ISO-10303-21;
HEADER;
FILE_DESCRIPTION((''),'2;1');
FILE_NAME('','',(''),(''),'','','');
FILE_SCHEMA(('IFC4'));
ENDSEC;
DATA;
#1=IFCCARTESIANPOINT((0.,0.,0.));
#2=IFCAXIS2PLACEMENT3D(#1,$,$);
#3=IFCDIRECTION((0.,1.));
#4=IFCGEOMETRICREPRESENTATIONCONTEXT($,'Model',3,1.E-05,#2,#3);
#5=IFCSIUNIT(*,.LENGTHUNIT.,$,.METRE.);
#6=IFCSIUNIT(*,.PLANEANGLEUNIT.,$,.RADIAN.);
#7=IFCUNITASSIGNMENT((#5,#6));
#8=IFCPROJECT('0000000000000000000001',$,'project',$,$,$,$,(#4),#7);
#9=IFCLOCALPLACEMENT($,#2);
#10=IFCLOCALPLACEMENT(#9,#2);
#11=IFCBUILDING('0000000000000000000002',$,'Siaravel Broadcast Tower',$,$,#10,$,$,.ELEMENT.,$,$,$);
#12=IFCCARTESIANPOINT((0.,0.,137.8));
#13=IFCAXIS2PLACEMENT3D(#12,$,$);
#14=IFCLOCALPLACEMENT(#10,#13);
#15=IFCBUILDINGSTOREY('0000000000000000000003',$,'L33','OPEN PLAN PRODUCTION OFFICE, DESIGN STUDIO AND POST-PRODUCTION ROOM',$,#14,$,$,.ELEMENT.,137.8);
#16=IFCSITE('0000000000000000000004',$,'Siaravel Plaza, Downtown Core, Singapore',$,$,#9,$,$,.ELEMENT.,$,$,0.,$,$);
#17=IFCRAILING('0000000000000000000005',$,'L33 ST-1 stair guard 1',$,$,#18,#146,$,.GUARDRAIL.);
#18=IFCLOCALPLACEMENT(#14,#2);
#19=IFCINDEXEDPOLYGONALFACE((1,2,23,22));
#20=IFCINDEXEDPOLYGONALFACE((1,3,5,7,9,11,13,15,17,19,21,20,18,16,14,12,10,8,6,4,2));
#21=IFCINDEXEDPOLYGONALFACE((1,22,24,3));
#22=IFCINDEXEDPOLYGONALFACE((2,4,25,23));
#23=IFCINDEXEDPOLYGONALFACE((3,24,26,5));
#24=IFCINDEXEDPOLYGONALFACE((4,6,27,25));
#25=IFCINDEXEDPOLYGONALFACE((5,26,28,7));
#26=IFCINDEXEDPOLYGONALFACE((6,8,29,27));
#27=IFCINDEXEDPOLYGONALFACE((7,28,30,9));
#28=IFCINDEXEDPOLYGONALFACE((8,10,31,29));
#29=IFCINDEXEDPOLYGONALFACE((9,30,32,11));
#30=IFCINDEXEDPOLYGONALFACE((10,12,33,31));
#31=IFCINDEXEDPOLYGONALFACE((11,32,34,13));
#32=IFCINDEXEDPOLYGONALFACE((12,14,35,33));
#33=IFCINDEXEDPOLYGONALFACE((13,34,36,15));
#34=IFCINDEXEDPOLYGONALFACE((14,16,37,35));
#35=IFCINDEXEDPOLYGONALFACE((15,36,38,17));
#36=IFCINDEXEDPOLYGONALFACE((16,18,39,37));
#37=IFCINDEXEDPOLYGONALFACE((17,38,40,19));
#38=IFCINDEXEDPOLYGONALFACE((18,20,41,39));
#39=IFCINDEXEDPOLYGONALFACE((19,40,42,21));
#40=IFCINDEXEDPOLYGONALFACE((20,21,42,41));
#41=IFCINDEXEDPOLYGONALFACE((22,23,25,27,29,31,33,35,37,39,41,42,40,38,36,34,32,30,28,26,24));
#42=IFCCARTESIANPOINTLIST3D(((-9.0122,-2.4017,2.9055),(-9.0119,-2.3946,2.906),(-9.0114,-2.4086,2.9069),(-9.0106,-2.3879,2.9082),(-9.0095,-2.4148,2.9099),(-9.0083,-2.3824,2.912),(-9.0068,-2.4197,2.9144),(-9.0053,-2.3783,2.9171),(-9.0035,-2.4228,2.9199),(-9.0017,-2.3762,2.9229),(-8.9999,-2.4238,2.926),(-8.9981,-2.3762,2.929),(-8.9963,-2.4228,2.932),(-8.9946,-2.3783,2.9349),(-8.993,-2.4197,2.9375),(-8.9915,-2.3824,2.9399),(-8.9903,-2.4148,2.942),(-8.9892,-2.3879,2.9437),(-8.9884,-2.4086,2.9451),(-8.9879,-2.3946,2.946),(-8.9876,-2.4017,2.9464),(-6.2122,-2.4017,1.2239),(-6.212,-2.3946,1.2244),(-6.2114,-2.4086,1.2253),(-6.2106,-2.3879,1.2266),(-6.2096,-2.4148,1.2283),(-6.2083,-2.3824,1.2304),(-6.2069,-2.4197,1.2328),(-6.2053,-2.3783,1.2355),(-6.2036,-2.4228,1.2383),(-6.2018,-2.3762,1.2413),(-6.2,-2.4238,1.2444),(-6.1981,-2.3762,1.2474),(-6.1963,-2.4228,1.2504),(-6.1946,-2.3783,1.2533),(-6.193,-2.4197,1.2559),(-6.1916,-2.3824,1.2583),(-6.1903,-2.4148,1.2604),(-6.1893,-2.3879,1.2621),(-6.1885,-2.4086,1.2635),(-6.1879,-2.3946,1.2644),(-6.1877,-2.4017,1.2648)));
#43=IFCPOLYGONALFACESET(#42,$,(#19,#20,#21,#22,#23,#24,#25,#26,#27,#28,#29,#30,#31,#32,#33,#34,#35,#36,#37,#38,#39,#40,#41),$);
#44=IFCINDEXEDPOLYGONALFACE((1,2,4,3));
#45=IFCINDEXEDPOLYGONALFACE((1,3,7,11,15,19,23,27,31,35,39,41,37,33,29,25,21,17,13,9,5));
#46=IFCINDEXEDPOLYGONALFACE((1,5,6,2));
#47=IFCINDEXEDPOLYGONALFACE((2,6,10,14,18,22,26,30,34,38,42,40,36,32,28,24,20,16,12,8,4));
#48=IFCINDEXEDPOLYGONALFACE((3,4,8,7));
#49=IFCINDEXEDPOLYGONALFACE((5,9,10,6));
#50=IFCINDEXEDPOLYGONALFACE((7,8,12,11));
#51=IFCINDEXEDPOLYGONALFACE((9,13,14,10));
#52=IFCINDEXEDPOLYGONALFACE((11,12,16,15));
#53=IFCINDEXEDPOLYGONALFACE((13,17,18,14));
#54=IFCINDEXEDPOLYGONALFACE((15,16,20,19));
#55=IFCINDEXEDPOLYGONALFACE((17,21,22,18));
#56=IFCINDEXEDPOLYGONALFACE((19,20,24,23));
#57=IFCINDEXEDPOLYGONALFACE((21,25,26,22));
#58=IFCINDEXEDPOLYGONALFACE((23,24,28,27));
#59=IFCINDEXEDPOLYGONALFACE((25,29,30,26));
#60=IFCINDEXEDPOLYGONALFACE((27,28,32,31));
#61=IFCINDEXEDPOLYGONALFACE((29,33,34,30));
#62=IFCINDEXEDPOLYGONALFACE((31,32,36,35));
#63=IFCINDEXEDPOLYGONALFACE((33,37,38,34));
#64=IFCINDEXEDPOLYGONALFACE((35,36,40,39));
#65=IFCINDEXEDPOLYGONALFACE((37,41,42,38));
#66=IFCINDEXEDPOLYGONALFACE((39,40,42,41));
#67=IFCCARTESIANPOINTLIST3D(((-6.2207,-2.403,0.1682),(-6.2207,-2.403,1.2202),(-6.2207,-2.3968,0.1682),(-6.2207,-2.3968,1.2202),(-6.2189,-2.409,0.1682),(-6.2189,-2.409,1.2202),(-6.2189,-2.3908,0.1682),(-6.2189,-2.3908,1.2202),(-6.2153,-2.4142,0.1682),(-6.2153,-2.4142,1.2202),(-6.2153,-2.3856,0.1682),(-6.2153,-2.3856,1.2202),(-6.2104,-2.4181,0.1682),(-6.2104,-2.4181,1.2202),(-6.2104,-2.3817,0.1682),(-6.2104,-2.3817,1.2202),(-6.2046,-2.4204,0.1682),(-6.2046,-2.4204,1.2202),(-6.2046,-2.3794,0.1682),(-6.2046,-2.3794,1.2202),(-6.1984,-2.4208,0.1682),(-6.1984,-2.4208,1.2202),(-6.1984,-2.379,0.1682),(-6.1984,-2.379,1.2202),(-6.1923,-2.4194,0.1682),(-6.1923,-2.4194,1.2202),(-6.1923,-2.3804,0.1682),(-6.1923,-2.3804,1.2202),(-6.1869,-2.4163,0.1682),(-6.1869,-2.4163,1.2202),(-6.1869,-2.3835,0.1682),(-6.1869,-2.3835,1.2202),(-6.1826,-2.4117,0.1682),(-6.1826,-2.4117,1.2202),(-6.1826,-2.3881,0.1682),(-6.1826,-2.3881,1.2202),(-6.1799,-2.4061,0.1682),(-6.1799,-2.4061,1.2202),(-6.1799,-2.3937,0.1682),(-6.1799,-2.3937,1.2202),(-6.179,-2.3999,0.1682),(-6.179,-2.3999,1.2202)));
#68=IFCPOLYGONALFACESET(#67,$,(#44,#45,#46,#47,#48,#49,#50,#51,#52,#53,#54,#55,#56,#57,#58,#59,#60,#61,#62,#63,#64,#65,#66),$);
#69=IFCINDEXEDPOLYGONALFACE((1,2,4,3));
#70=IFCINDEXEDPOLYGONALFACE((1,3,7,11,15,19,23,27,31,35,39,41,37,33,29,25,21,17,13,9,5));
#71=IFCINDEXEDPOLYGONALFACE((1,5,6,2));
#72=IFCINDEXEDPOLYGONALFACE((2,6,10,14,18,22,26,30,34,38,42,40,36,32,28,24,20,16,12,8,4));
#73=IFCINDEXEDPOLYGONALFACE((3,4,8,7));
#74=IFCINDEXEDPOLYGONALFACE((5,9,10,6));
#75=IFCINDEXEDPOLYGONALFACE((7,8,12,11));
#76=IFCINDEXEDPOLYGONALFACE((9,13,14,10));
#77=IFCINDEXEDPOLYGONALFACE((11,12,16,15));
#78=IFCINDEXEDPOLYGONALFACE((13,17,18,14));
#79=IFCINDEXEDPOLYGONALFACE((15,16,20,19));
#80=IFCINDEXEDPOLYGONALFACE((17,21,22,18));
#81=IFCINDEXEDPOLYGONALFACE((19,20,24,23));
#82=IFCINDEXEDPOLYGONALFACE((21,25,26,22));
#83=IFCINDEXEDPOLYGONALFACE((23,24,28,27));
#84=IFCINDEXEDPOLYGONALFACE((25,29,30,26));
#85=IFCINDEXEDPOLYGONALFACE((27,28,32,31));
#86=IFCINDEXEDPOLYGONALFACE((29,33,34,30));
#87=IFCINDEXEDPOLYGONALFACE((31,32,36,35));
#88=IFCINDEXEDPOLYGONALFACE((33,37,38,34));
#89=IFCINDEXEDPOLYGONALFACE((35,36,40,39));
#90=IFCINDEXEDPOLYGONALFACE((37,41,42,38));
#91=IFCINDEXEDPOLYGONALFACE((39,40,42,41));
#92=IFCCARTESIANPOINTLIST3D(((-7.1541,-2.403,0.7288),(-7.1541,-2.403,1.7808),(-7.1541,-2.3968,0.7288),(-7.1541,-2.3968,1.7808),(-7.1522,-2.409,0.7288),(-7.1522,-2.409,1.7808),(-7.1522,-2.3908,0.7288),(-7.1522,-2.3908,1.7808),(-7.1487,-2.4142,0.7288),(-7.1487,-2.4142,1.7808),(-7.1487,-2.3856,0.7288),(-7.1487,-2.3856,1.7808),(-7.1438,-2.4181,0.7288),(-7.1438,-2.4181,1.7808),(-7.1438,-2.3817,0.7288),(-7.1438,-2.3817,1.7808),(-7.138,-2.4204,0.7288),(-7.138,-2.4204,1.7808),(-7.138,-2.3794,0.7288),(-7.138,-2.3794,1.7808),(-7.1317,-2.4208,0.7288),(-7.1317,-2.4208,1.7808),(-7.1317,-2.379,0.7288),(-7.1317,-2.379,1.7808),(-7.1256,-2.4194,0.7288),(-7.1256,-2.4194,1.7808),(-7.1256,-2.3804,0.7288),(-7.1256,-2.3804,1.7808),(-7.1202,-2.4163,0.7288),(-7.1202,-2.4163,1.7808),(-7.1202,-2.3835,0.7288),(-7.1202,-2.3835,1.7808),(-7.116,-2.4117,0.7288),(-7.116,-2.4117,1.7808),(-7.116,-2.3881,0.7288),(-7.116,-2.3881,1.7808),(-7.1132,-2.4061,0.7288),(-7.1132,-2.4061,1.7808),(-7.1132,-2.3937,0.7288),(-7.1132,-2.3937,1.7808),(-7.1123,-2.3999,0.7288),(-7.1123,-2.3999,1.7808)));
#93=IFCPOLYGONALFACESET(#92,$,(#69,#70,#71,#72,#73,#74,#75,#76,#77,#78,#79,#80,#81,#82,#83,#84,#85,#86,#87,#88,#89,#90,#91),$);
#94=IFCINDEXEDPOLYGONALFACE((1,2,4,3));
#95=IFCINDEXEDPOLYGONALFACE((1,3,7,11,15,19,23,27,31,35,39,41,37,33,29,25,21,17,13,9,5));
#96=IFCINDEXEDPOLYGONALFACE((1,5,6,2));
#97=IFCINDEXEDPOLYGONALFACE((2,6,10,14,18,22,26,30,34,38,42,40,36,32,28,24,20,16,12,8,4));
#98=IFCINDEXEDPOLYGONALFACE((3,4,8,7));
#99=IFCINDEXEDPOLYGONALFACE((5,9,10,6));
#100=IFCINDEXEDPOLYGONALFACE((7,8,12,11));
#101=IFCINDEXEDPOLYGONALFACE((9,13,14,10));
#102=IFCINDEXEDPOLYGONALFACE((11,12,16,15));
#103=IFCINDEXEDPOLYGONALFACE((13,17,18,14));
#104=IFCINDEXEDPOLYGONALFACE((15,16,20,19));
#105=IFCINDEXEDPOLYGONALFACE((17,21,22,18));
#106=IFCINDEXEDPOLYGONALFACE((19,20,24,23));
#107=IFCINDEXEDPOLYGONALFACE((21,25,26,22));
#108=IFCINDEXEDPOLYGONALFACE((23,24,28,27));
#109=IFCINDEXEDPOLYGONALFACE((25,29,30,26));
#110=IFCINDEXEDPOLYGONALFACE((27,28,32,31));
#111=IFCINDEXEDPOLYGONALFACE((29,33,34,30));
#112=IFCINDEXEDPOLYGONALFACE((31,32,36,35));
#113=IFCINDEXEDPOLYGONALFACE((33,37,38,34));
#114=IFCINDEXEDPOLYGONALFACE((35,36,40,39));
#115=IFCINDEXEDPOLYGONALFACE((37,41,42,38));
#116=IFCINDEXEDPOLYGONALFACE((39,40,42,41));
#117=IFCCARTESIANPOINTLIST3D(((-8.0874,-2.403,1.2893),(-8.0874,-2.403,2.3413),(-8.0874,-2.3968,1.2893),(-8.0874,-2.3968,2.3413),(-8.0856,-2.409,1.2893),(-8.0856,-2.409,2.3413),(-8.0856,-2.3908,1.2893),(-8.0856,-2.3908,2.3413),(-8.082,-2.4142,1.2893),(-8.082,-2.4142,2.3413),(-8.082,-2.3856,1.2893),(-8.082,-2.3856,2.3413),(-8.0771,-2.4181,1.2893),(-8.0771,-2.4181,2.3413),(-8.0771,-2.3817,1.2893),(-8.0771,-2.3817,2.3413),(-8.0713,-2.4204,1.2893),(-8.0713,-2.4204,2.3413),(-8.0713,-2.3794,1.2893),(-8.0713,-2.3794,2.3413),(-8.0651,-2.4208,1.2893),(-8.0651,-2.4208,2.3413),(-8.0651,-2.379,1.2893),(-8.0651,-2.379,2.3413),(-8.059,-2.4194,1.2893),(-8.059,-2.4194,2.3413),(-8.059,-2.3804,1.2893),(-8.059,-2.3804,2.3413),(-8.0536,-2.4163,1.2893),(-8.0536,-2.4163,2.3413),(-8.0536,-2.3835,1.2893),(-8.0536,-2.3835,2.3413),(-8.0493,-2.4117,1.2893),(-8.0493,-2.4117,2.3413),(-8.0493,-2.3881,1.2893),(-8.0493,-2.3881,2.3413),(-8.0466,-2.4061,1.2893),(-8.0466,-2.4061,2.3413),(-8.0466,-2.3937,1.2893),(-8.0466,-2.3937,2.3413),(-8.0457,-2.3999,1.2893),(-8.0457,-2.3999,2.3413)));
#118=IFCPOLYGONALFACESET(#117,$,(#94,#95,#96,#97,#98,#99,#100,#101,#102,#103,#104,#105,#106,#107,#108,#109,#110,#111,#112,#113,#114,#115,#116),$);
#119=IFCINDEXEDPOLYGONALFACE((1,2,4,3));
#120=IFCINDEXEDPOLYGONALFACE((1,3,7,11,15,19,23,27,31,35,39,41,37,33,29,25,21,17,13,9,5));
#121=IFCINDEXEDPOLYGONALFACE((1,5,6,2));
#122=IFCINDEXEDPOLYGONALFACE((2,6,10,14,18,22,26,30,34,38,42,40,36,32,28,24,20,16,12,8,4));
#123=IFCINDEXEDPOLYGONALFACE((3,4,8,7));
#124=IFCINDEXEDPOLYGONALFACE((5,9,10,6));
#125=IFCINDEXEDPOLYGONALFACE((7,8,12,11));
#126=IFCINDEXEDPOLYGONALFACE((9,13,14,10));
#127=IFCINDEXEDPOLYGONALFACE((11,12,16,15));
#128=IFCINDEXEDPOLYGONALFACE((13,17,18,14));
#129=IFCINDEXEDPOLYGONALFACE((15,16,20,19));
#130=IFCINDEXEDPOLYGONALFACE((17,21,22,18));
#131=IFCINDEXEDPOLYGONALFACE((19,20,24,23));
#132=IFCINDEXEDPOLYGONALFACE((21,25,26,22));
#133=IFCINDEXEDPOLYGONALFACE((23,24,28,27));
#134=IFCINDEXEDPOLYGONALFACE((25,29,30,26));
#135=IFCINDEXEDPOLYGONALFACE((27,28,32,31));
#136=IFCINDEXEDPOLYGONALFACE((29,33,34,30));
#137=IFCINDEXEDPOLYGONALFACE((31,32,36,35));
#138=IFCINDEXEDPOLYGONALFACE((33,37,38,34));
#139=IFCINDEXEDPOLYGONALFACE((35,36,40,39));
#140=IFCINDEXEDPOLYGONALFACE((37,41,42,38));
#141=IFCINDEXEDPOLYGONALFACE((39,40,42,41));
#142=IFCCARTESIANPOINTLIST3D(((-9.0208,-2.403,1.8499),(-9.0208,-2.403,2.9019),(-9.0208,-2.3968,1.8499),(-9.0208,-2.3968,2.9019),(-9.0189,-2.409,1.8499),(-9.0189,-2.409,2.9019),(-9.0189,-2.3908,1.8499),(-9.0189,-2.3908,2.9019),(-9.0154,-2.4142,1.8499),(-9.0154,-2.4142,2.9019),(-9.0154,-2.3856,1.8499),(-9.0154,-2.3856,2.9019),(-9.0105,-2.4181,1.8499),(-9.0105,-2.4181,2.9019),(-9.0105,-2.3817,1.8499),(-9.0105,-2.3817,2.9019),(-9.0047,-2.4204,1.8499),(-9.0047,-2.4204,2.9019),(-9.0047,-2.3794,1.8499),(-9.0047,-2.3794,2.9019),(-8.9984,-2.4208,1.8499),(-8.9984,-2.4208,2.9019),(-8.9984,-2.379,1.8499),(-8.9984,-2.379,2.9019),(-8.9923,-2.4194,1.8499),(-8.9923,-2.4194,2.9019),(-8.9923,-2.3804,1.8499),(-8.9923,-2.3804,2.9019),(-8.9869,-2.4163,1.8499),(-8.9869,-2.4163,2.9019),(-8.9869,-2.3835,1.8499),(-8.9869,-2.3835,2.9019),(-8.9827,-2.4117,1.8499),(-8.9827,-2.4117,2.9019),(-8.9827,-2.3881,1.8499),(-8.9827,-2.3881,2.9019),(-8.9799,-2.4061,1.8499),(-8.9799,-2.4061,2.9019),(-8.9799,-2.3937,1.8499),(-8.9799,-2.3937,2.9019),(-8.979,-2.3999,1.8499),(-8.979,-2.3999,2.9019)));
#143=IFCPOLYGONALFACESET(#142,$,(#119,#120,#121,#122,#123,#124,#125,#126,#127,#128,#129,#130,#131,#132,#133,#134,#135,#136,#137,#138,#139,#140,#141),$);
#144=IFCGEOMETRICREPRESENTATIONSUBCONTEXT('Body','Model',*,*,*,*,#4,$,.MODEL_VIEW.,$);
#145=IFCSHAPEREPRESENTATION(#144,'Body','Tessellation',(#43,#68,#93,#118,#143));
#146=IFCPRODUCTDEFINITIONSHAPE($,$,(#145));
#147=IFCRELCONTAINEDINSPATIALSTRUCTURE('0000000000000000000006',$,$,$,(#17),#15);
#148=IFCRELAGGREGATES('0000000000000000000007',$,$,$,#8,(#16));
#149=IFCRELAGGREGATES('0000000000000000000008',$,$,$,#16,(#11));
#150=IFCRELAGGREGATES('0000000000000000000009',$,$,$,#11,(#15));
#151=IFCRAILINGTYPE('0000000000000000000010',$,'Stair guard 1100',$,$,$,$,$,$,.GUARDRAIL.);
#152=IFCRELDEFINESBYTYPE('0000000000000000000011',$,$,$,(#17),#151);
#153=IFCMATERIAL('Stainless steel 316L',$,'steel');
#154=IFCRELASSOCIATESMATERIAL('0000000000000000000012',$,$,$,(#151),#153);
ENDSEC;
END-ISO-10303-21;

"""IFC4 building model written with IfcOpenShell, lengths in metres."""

from ifc_helpers import new_model, si_unit, direction, frame, origin, origin_2d, place, context, subcontext, project, spatial, circle, extrude, material, type_object, element, save


model = new_model("IFC4")

# Units and contexts
model_context = context("Model", 3, precision=1e-05, world=origin(), true_north=direction((0.0, 1.0)))
body_context = subcontext(model_context, "Body", "Model", "MODEL_VIEW")
ifc_project = project(units=[si_unit("LENGTHUNIT", "METRE"), si_unit("PLANEANGLEUNIT", "RADIAN")], contexts=[model_context])

# Site, building, storey
site_placement = place(None, origin())
site = spatial("IfcSite", under=ifc_project, at=site_placement, Name="Siaravel Plaza, Downtown Core, Singapore", CompositionType="ELEMENT", RefElevation=0.0)
building_placement = place(site_placement, origin())
building = spatial("IfcBuilding", under=site, at=building_placement, Name="Siaravel Broadcast Tower", CompositionType="ELEMENT")
storey_placement = place(building_placement, frame((0.0, 0.0, 137.8)))
storey = spatial("IfcBuildingStorey", under=building, at=storey_placement, Name="L33", Description="OPEN PLAN PRODUCTION OFFICE, DESIGN STUDIO AND POST-PRODUCTION ROOM", CompositionType="ELEMENT", Elevation=137.8)

# Railing
ifc_material_1 = material(Name="Stainless steel 316L", Category="steel")
railing_type = type_object("IfcRailingType", Name="Stair guard 1100", PredefinedType="GUARDRAIL", material=ifc_material_1)
railing_1_placement = place(storey_placement, frame((-6.2, -2.3999, 0.1682)))
element("IfcRailing", 1, at=railing_1_placement, inside=storey, type_object=railing_type, Name="L33 ST-1 stair guard 1", PredefinedType="GUARDRAIL", context=body_context, shape_type="SweptSolid", body=[
    extrude(circle(Radius=0.0239, at=origin_2d()), frame((0.0, 0.0, 1.0762), z_axis=(-0.857275, 0.0, 0.514858), x_axis=(0.0, -1.0, 0.0)), (0.0, 0.0, 1.0), 3.2661),
    extrude(circle(Radius=0.021, at=origin_2d()), origin(), (0.0, 0.0, 1.0), 1.052),
    extrude(circle(Radius=0.021, at=origin_2d()), frame((-0.9333, 0.0, 0.5605)), (0.0, 0.0, 1.0), 1.052),
    extrude(circle(Radius=0.021, at=origin_2d()), frame((-1.8667, 0.0, 1.1211)), (0.0, 0.0, 1.0), 1.052),
    extrude(circle(Radius=0.021, at=origin_2d()), frame((-2.8, 0.0, 1.6816)), (0.0, 0.0, 1.0), 1.052),
])

save(model, "model.ifc")
